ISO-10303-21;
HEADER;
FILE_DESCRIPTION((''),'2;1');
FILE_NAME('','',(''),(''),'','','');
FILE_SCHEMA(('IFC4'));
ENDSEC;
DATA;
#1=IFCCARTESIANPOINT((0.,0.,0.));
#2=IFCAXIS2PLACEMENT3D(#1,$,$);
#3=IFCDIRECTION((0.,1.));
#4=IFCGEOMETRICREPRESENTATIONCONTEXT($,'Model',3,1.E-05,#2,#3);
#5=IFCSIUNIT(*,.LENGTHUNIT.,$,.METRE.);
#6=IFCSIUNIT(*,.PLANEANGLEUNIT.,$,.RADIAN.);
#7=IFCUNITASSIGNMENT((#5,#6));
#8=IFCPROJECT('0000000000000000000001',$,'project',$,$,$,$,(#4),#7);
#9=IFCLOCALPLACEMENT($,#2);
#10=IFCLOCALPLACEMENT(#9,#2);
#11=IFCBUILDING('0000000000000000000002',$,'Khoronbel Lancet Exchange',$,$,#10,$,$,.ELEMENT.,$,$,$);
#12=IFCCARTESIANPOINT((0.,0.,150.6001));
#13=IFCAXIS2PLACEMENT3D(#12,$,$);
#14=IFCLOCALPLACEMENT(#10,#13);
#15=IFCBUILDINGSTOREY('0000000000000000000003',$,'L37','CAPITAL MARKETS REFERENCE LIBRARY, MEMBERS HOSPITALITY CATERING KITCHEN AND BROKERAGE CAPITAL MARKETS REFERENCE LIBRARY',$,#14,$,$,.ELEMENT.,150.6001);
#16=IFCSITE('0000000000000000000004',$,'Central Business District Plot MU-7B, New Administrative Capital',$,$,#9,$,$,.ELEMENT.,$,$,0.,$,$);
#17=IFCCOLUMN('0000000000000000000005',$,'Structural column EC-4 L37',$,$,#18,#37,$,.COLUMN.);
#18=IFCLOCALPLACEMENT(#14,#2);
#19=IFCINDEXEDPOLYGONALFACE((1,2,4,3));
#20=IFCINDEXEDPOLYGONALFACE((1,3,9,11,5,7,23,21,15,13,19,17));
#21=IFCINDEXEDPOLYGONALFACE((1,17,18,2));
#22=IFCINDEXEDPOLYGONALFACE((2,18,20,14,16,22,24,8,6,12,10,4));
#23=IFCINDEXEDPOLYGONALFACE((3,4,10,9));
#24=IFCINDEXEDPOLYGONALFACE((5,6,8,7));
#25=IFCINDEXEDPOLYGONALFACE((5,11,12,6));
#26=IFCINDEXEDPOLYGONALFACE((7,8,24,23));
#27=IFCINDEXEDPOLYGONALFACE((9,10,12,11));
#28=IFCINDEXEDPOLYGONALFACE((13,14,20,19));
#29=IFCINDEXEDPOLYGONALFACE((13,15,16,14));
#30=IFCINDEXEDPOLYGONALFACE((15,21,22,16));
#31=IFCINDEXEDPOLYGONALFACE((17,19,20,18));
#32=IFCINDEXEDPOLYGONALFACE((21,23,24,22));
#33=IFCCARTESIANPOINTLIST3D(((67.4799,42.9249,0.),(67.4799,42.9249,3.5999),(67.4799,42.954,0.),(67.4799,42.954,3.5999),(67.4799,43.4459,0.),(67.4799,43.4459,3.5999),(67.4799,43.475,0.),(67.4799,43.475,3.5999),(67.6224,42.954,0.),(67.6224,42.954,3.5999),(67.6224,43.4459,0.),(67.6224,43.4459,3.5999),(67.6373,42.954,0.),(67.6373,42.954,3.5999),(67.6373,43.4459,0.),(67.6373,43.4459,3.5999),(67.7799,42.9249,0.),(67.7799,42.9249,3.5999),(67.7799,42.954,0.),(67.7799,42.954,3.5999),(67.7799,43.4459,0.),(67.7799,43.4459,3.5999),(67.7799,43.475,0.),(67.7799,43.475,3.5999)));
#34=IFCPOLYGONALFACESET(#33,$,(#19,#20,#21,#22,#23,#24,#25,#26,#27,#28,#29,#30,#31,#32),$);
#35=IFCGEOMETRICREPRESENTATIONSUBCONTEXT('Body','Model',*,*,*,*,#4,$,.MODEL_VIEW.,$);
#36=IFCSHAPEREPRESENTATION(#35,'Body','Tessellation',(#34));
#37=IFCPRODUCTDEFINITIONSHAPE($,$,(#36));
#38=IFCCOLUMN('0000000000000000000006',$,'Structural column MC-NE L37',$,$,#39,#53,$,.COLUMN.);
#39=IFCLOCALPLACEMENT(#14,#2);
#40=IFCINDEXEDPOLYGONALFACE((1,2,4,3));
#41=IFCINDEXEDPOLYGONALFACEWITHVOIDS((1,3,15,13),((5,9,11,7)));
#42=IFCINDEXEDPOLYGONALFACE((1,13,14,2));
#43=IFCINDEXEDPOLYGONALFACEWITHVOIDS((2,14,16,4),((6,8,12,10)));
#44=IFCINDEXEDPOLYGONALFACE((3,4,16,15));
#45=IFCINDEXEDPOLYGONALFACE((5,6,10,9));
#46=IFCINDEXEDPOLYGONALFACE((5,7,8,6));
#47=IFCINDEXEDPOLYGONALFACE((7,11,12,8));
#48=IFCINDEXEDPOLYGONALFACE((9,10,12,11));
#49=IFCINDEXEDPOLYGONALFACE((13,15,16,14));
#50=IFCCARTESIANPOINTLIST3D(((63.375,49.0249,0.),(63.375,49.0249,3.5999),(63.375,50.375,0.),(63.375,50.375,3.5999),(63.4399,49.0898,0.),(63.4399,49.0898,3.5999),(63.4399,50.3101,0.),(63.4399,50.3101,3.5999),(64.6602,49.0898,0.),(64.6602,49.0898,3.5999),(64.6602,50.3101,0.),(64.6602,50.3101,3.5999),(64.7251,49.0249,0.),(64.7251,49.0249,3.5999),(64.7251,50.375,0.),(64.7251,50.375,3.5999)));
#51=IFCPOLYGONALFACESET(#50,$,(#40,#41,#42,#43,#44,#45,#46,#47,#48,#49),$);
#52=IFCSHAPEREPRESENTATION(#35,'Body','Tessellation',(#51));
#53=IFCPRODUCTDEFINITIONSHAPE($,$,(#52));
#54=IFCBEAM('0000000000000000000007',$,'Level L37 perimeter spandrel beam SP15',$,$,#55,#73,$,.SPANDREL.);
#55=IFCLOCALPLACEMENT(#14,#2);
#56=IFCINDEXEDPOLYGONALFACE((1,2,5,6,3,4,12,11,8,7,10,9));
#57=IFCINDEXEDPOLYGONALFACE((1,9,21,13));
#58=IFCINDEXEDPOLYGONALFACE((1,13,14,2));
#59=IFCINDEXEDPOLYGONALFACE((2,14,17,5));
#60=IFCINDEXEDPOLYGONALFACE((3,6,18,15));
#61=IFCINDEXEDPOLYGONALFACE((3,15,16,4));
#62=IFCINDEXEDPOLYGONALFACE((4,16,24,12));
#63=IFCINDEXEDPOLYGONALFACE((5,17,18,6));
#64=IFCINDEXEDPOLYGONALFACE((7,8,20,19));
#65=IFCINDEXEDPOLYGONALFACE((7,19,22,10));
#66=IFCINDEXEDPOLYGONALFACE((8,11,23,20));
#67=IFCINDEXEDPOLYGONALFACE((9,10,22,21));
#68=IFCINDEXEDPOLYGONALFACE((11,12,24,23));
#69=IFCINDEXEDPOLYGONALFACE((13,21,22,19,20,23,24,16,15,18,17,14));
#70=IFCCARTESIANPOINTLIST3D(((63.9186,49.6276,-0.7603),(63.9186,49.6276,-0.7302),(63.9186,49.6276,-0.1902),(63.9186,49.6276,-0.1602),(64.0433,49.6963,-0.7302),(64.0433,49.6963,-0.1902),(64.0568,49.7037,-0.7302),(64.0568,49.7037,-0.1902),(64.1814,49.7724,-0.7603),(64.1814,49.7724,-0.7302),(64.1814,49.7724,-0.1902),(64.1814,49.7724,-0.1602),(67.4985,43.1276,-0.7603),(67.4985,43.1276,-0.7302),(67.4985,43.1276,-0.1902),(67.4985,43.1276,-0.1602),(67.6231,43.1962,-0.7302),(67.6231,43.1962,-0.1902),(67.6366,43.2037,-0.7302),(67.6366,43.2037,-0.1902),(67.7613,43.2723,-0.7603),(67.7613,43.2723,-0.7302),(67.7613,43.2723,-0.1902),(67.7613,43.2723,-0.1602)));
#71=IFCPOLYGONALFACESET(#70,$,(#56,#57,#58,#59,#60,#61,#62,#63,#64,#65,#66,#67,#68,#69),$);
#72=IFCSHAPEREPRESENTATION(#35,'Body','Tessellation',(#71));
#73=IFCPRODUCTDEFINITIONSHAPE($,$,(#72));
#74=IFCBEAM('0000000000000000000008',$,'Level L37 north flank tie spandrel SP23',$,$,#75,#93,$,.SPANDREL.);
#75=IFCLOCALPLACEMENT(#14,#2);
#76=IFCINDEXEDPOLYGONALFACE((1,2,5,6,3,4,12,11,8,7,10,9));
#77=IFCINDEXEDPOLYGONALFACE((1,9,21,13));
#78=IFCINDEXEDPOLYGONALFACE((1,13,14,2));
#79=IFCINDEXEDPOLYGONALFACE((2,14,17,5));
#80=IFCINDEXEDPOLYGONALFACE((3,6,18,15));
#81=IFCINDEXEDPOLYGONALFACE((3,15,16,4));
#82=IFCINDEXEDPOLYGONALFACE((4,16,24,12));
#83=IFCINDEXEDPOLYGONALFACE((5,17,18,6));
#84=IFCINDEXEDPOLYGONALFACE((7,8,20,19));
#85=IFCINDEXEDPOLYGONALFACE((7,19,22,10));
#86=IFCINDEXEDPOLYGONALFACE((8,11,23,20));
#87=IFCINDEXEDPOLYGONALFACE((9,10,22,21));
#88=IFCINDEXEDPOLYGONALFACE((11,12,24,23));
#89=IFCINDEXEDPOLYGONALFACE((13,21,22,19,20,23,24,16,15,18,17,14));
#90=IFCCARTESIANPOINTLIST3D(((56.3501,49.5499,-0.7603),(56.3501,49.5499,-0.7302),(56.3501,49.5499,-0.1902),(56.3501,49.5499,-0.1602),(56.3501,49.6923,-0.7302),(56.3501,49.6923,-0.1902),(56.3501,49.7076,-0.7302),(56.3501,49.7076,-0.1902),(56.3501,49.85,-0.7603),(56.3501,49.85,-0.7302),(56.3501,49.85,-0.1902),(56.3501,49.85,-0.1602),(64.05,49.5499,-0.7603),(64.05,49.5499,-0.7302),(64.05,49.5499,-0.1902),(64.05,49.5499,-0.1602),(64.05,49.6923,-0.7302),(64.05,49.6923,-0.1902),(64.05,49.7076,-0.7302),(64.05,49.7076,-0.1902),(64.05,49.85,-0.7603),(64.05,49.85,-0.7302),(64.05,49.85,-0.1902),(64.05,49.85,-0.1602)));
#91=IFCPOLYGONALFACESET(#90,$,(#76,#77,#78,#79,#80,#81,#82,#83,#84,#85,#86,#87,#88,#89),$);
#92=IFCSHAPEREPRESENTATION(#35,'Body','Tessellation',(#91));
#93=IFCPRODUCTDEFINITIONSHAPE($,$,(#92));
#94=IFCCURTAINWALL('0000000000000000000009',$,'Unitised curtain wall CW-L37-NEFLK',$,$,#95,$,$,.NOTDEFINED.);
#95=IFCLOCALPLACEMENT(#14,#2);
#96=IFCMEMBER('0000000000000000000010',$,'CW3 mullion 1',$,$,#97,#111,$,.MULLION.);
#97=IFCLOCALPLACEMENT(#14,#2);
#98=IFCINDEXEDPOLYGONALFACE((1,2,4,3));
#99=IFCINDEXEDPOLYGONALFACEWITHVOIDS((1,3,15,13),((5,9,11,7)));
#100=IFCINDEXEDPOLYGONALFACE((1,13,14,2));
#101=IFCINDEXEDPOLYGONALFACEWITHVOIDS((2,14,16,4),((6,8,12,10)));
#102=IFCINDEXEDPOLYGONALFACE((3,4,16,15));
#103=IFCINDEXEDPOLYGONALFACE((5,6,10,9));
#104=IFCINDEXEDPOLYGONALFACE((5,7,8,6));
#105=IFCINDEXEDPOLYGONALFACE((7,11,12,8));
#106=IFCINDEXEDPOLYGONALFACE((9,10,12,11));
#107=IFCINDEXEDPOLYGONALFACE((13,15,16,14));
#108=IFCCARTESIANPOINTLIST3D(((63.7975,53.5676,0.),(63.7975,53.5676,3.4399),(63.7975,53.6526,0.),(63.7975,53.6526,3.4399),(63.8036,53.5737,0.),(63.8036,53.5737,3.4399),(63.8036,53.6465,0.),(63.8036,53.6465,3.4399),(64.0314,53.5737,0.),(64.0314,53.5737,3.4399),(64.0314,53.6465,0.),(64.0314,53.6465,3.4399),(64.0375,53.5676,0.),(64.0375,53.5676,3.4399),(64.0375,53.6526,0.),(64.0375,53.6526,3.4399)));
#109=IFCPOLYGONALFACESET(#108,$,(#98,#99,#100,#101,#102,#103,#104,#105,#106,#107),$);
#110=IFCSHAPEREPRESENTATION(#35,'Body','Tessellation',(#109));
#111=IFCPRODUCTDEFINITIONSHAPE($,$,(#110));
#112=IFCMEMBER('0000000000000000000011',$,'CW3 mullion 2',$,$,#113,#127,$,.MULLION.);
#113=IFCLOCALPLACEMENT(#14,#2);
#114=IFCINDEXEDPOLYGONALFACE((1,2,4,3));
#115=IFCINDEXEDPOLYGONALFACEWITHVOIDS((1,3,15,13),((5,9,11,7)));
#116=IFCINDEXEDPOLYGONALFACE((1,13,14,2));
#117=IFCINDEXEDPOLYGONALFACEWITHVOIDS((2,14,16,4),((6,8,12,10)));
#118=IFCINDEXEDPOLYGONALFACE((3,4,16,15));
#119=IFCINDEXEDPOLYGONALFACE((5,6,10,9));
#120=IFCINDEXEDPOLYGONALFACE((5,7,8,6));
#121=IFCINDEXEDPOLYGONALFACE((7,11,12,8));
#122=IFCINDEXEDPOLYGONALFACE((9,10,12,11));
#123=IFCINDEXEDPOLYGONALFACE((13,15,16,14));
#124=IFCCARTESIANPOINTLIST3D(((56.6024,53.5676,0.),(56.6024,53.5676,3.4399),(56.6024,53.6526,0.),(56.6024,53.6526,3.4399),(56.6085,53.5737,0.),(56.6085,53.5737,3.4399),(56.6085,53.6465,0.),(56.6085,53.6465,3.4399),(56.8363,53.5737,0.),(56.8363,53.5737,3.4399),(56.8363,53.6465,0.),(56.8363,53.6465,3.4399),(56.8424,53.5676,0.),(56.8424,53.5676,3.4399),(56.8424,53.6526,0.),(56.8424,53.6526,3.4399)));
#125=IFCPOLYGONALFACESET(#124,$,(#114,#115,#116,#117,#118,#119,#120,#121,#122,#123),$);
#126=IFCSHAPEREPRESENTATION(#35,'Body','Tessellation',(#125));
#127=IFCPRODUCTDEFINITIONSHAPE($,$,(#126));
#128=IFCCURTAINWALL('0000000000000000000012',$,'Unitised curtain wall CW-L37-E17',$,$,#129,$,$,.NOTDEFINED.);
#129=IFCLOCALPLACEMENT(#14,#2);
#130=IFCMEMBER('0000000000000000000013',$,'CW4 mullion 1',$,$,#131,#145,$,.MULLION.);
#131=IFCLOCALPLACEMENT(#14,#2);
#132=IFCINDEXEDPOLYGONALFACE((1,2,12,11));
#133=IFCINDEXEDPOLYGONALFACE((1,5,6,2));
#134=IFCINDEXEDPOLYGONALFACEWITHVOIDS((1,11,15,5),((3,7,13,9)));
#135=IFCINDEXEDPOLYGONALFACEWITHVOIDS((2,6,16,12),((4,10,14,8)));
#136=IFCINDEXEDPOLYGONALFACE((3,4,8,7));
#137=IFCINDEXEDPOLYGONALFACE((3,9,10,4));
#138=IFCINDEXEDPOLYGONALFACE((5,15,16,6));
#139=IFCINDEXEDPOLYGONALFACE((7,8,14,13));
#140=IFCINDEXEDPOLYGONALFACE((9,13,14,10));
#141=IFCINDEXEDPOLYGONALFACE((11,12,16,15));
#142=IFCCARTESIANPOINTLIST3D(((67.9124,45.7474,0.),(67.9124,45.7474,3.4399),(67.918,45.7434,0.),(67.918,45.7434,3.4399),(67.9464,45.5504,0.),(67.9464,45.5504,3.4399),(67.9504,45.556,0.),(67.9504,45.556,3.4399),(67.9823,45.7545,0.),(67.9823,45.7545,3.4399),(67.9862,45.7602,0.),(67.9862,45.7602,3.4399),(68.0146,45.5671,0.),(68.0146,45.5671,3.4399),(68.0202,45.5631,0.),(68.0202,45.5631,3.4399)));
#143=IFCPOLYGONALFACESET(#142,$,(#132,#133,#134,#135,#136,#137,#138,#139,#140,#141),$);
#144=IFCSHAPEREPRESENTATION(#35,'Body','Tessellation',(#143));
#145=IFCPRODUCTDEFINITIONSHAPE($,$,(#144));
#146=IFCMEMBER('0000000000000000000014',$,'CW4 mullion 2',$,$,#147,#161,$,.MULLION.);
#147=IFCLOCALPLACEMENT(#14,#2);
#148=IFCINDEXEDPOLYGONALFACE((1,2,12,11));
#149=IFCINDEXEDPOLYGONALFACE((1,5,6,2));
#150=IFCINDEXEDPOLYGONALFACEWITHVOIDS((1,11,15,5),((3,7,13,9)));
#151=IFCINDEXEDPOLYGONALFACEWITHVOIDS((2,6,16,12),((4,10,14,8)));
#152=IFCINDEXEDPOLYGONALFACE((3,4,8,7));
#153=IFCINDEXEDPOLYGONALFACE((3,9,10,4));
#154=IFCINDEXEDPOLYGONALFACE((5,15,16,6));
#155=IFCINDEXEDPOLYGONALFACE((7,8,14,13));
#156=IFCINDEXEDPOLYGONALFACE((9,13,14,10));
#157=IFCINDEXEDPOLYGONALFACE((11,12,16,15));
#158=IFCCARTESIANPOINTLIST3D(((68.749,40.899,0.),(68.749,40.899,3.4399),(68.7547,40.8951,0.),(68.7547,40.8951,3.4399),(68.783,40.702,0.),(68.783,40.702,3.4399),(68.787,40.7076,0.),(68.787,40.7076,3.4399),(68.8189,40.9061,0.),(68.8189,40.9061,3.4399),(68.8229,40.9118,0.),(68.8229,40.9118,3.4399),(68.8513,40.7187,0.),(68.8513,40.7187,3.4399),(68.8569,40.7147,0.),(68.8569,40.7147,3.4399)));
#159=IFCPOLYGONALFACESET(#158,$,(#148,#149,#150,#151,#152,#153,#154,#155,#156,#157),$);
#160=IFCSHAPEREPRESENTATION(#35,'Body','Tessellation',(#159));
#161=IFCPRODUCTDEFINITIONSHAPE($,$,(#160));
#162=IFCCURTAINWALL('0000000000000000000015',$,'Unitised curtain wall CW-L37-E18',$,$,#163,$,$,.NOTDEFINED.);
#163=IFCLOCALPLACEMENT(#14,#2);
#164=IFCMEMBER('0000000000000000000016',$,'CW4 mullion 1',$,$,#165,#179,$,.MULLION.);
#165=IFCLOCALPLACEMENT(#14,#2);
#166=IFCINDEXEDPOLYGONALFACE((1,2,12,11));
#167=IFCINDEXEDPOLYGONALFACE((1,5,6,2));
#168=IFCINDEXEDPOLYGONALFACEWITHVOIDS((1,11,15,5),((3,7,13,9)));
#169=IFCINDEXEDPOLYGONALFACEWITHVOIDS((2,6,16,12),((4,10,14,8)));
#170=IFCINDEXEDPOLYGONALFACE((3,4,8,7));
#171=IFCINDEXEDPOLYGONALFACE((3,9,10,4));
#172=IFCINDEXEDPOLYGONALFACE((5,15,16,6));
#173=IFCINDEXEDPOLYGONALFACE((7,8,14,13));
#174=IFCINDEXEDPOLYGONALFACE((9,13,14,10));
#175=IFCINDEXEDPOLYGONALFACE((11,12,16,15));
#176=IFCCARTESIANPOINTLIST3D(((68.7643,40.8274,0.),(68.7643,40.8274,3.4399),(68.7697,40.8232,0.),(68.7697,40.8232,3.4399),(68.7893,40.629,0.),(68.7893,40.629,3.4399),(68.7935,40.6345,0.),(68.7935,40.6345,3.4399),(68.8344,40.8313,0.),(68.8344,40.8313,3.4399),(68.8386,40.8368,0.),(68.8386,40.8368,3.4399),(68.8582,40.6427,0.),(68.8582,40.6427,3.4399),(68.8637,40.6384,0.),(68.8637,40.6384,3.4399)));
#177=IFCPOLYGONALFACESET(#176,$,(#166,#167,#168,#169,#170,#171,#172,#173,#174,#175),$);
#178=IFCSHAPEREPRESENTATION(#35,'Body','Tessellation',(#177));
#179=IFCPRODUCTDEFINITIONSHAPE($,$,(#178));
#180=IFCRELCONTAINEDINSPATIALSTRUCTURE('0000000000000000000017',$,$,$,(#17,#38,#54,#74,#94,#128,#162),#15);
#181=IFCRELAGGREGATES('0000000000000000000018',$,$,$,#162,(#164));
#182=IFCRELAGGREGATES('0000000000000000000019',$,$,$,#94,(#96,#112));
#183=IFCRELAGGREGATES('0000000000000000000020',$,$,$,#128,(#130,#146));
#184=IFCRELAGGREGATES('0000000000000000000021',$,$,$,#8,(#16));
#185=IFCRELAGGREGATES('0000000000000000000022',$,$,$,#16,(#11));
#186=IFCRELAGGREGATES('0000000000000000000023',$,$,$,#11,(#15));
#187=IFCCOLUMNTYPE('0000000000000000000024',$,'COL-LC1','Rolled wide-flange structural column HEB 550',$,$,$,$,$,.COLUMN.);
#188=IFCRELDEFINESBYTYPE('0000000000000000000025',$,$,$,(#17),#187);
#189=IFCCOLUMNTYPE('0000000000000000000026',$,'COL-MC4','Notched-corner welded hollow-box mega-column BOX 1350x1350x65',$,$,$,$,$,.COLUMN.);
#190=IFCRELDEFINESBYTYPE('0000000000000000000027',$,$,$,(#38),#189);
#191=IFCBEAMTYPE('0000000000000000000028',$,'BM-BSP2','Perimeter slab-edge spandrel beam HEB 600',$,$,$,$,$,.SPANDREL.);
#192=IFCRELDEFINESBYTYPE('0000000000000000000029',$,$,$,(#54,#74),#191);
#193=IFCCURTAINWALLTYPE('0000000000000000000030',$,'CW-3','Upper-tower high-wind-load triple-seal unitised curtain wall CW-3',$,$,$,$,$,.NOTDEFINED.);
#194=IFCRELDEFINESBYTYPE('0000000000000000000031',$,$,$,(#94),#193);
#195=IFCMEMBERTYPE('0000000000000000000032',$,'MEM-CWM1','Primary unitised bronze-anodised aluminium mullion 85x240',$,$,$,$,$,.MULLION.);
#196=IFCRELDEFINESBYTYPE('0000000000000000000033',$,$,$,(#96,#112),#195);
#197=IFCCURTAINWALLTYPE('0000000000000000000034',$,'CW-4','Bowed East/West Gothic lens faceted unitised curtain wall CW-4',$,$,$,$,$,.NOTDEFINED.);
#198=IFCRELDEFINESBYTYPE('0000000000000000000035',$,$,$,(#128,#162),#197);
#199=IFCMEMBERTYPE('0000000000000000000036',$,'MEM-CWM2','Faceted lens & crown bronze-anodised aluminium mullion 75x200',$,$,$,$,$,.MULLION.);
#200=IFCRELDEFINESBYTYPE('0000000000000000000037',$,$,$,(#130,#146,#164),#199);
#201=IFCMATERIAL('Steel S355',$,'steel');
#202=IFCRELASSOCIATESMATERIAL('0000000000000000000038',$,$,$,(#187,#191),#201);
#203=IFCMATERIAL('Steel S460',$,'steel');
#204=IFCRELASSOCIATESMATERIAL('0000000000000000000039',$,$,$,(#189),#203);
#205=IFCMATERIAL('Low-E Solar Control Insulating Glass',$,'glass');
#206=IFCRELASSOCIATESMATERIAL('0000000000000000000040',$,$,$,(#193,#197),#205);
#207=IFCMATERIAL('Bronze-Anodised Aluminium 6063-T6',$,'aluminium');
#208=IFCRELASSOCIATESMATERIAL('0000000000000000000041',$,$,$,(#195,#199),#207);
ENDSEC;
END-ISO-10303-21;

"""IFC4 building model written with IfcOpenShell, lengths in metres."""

from ifc_helpers import new_model, si_unit, direction, frame, origin, origin_2d, place, context, subcontext, project, spatial, hollow_rectangle, i_section, extrude, material, material_profile, profile_set, type_object, element, aggregate, save


model = new_model("IFC4")

# Units and contexts
model_context = context("Model", 3, precision=1e-05, world=origin(), true_north=direction((0.0, 1.0)))
body_context = subcontext(model_context, "Body", "Model", "MODEL_VIEW")
ifc_project = project(units=[si_unit("LENGTHUNIT", "METRE"), si_unit("PLANEANGLEUNIT", "RADIAN")], contexts=[model_context])

# Site, building, storey
site_placement = place(None, origin())
site = spatial("IfcSite", under=ifc_project, at=site_placement, Name="Central Business District Plot MU-7B, New Administrative Capital", CompositionType="ELEMENT", RefElevation=0.0)
building_placement = place(site_placement, origin())
building = spatial("IfcBuilding", under=site, at=building_placement, Name="Khoronbel Lancet Exchange", CompositionType="ELEMENT")
storey_placement = place(building_placement, frame((0.0, 0.0, 150.6001)))
storey = spatial("IfcBuildingStorey", under=building, at=storey_placement, Name="L37", Description="CAPITAL MARKETS REFERENCE LIBRARY, MEMBERS HOSPITALITY CATERING KITCHEN AND BROKERAGE CAPITAL MARKETS REFERENCE LIBRARY", CompositionType="ELEMENT", Elevation=150.6001)

# Columns
ifc_material_1 = material(Name="Steel S355", Category="steel")
ifc_material_profile_1 = material_profile(ifc_material_1, i_section(OverallWidth=0.3, OverallDepth=0.55, WebThickness=0.0149, FlangeThickness=0.0291, at=origin_2d()), Name="HEB 550")
ifc_profile_set_1 = profile_set([ifc_material_profile_1], Name="Steel S355")
column_type_1 = type_object("IfcColumnType", Name="COL-LC1", Description="Rolled wide-flange structural column HEB 550", PredefinedType="COLUMN", material=ifc_profile_set_1)
column_1_placement = place(storey_placement, frame((67.6299, 43.2, 0.0), z_axis=(0.0, 0.0, 1.0), x_axis=(1.0, 0.0, 0.0)))
element("IfcColumn", 1, at=column_1_placement, inside=storey, type_object=column_type_1, Name="Structural column EC-4 L37", PredefinedType="COLUMN", context=body_context, shape_type="SweptSolid", body=[
    extrude(i_section(OverallWidth=0.3, OverallDepth=0.55, WebThickness=0.0149, FlangeThickness=0.0291, at=origin_2d()), origin(), (0.0, 0.0, 1.0), 3.5999),
])
ifc_material_2 = material(Name="Steel S460", Category="steel")
ifc_material_profile_2 = material_profile(ifc_material_2, hollow_rectangle(XDim=1.3501, YDim=1.3501, WallThickness=0.0649, at=origin_2d()), Name="BOX 1350x1350x65")
ifc_profile_set_2 = profile_set([ifc_material_profile_2], Name="Steel S460")
column_type_2 = type_object("IfcColumnType", Name="COL-MC4", Description="Notched-corner welded hollow-box mega-column BOX 1350x1350x65", PredefinedType="COLUMN", material=ifc_profile_set_2)
column_2_placement = place(storey_placement, frame((64.05, 49.7, 0.0), z_axis=(0.0, 0.0, 1.0), x_axis=(1.0, 0.0, 0.0)))
element("IfcColumn", 2, at=column_2_placement, inside=storey, type_object=column_type_2, Name="Structural column MC-NE L37", PredefinedType="COLUMN", context=body_context, shape_type="SweptSolid", body=[
    extrude(hollow_rectangle(XDim=1.3501, YDim=1.3501, WallThickness=0.0649, at=origin_2d()), origin(), (0.0, 0.0, 1.0), 3.5999),
])

# Beams
ifc_material_profile_3 = material_profile(ifc_material_1, i_section(OverallWidth=0.3, OverallDepth=0.6001, WebThickness=0.0154, FlangeThickness=0.03, at=origin_2d()), Name="HEB 600")
ifc_profile_set_3 = profile_set([ifc_material_profile_3], Name="Steel S355")
beam_type = type_object("IfcBeamType", Name="BM-BSP2", Description="Perimeter slab-edge spandrel beam HEB 600", PredefinedType="SPANDREL", material=ifc_profile_set_3)
beam_1_placement = place(storey_placement, frame((67.6299, 43.2, -0.4602), z_axis=(-0.482419, 0.875941, 0.0), x_axis=(-0.875941, -0.482419, 0.0)))
element("IfcBeam", 3, at=beam_1_placement, inside=storey, type_object=beam_type, Name="Level L37 perimeter spandrel beam SP15", PredefinedType="SPANDREL", context=body_context, shape_type="SweptSolid", body=[
    extrude(i_section(OverallWidth=0.3, OverallDepth=0.6001, WebThickness=0.0154, FlangeThickness=0.03, at=origin_2d()), origin(), (0.0, 0.0, 1.0), 7.4207),
])
beam_2_placement = place(storey_placement, frame((64.05, 49.7, -0.4602), z_axis=(-1.0, 0.0, 0.0), x_axis=(0.0, -1.0, 0.0)))
element("IfcBeam", 4, at=beam_2_placement, inside=storey, type_object=beam_type, Name="Level L37 north flank tie spandrel SP23", PredefinedType="SPANDREL", context=body_context, shape_type="SweptSolid", body=[
    extrude(i_section(OverallWidth=0.3, OverallDepth=0.6001, WebThickness=0.0154, FlangeThickness=0.03, at=origin_2d()), origin(), (0.0, 0.0, 1.0), 7.7),
])

# Curtain walls, members
ifc_material_3 = material(Name="Low-E Solar Control Insulating Glass", Category="glass")
curtain_wall_type_1 = type_object("IfcCurtainWallType", Name="CW-3", Description="Upper-tower high-wind-load triple-seal unitised curtain wall CW-3", PredefinedType="NOTDEFINED", material=ifc_material_3)
curtain_wall_1_placement = place(storey_placement, origin())
curtain_wall_1 = element("IfcCurtainWall", 5, at=curtain_wall_1_placement, inside=storey, type_object=curtain_wall_type_1, Name="Unitised curtain wall CW-L37-NEFLK", PredefinedType="NOTDEFINED")
ifc_material_4 = material(Name="Bronze-Anodised Aluminium 6063-T6", Category="aluminium")
ifc_material_profile_4 = material_profile(ifc_material_4, hollow_rectangle(XDim=0.085, YDim=0.24, WallThickness=0.0061, at=origin_2d()), Name="ALU MULLION 85x240")
ifc_profile_set_4 = profile_set([ifc_material_profile_4], Name="Bronze-Anodised Aluminium 6063-T6")
member_type_1 = type_object("IfcMemberType", Name="MEM-CWM1", Description="Primary unitised bronze-anodised aluminium mullion 85x240", PredefinedType="MULLION", material=ifc_profile_set_4)
member_1_placement = place(storey_placement, frame((63.9175, 53.6101, 0.0), z_axis=(0.0, 0.0, 1.0), x_axis=(0.0, -1.0, 0.0)))
member_1 = element("IfcMember", 6, at=member_1_placement, type_object=member_type_1, Name="CW3 mullion 1", PredefinedType="MULLION", context=body_context, shape_type="SweptSolid", body=[
    extrude(hollow_rectangle(XDim=0.085, YDim=0.24, WallThickness=0.0061, at=origin_2d()), origin(), (0.0, 0.0, 1.0), 3.4399),
])
member_2_placement = place(storey_placement, frame((56.7224, 53.6101, 0.0), z_axis=(0.0, 0.0, 1.0), x_axis=(0.0, -1.0, 0.0)))
member_2 = element("IfcMember", 7, at=member_2_placement, type_object=member_type_1, Name="CW3 mullion 2", PredefinedType="MULLION", context=body_context, shape_type="SweptSolid", body=[
    extrude(hollow_rectangle(XDim=0.085, YDim=0.24, WallThickness=0.0061, at=origin_2d()), origin(), (0.0, 0.0, 1.0), 3.4399),
])
curtain_wall_type_2 = type_object("IfcCurtainWallType", Name="CW-4", Description="Bowed East/West Gothic lens faceted unitised curtain wall CW-4", PredefinedType="NOTDEFINED", material=ifc_material_3)
curtain_wall_2_placement = place(storey_placement, origin())
curtain_wall_2 = element("IfcCurtainWall", 8, at=curtain_wall_2_placement, inside=storey, type_object=curtain_wall_type_2, Name="Unitised curtain wall CW-L37-E17", PredefinedType="NOTDEFINED")
ifc_material_profile_5 = material_profile(ifc_material_4, hollow_rectangle(XDim=0.075, YDim=0.2, WallThickness=0.0049, at=origin_2d()), Name="ALU MULLION 75x200")
ifc_profile_set_5 = profile_set([ifc_material_profile_5], Name="Bronze-Anodised Aluminium 6063-T6")
member_type_2 = type_object("IfcMemberType", Name="MEM-CWM2", Description="Faceted lens & crown bronze-anodised aluminium mullion 75x200", PredefinedType="MULLION", material=ifc_profile_set_5)
member_3_placement = place(storey_placement, frame((67.9663, 45.6553, 0.0), z_axis=(0.0, 0.0, 1.0), x_axis=(0.985439, 0.170029, 0.0)))
member_3 = element("IfcMember", 9, at=member_3_placement, type_object=member_type_2, Name="CW4 mullion 1", PredefinedType="MULLION", context=body_context, shape_type="SweptSolid", body=[
    extrude(hollow_rectangle(XDim=0.075, YDim=0.2, WallThickness=0.0049, at=origin_2d()), origin(), (0.0, 0.0, 1.0), 3.4399),
])
member_4_placement = place(storey_placement, frame((68.803, 40.8069, 0.0), z_axis=(0.0, 0.0, 1.0), x_axis=(0.985439, 0.170029, 0.0)))
member_4 = element("IfcMember", 10, at=member_4_placement, type_object=member_type_2, Name="CW4 mullion 2", PredefinedType="MULLION", context=body_context, shape_type="SweptSolid", body=[
    extrude(hollow_rectangle(XDim=0.075, YDim=0.2, WallThickness=0.0049, at=origin_2d()), origin(), (0.0, 0.0, 1.0), 3.4399),
])

# Curtain wall, member
curtain_wall_3_placement = place(storey_placement, origin())
curtain_wall_3 = element("IfcCurtainWall", 11, at=curtain_wall_3_placement, inside=storey, type_object=curtain_wall_type_2, Name="Unitised curtain wall CW-L37-E18", PredefinedType="NOTDEFINED")
member_5_placement = place(storey_placement, frame((68.814, 40.7329, 0.0), z_axis=(0.0, 0.0, 1.0), x_axis=(0.992117, 0.125313, 0.0)))
member_5 = element("IfcMember", 12, at=member_5_placement, type_object=member_type_2, Name="CW4 mullion 1", PredefinedType="MULLION", context=body_context, shape_type="SweptSolid", body=[
    extrude(hollow_rectangle(XDim=0.075, YDim=0.2, WallThickness=0.0049, at=origin_2d()), origin(), (0.0, 0.0, 1.0), 3.4399),
])

aggregate(curtain_wall_3, [member_5])
aggregate(curtain_wall_1, [member_1, member_2])
aggregate(curtain_wall_2, [member_3, member_4])

save(model, "model.ifc")
